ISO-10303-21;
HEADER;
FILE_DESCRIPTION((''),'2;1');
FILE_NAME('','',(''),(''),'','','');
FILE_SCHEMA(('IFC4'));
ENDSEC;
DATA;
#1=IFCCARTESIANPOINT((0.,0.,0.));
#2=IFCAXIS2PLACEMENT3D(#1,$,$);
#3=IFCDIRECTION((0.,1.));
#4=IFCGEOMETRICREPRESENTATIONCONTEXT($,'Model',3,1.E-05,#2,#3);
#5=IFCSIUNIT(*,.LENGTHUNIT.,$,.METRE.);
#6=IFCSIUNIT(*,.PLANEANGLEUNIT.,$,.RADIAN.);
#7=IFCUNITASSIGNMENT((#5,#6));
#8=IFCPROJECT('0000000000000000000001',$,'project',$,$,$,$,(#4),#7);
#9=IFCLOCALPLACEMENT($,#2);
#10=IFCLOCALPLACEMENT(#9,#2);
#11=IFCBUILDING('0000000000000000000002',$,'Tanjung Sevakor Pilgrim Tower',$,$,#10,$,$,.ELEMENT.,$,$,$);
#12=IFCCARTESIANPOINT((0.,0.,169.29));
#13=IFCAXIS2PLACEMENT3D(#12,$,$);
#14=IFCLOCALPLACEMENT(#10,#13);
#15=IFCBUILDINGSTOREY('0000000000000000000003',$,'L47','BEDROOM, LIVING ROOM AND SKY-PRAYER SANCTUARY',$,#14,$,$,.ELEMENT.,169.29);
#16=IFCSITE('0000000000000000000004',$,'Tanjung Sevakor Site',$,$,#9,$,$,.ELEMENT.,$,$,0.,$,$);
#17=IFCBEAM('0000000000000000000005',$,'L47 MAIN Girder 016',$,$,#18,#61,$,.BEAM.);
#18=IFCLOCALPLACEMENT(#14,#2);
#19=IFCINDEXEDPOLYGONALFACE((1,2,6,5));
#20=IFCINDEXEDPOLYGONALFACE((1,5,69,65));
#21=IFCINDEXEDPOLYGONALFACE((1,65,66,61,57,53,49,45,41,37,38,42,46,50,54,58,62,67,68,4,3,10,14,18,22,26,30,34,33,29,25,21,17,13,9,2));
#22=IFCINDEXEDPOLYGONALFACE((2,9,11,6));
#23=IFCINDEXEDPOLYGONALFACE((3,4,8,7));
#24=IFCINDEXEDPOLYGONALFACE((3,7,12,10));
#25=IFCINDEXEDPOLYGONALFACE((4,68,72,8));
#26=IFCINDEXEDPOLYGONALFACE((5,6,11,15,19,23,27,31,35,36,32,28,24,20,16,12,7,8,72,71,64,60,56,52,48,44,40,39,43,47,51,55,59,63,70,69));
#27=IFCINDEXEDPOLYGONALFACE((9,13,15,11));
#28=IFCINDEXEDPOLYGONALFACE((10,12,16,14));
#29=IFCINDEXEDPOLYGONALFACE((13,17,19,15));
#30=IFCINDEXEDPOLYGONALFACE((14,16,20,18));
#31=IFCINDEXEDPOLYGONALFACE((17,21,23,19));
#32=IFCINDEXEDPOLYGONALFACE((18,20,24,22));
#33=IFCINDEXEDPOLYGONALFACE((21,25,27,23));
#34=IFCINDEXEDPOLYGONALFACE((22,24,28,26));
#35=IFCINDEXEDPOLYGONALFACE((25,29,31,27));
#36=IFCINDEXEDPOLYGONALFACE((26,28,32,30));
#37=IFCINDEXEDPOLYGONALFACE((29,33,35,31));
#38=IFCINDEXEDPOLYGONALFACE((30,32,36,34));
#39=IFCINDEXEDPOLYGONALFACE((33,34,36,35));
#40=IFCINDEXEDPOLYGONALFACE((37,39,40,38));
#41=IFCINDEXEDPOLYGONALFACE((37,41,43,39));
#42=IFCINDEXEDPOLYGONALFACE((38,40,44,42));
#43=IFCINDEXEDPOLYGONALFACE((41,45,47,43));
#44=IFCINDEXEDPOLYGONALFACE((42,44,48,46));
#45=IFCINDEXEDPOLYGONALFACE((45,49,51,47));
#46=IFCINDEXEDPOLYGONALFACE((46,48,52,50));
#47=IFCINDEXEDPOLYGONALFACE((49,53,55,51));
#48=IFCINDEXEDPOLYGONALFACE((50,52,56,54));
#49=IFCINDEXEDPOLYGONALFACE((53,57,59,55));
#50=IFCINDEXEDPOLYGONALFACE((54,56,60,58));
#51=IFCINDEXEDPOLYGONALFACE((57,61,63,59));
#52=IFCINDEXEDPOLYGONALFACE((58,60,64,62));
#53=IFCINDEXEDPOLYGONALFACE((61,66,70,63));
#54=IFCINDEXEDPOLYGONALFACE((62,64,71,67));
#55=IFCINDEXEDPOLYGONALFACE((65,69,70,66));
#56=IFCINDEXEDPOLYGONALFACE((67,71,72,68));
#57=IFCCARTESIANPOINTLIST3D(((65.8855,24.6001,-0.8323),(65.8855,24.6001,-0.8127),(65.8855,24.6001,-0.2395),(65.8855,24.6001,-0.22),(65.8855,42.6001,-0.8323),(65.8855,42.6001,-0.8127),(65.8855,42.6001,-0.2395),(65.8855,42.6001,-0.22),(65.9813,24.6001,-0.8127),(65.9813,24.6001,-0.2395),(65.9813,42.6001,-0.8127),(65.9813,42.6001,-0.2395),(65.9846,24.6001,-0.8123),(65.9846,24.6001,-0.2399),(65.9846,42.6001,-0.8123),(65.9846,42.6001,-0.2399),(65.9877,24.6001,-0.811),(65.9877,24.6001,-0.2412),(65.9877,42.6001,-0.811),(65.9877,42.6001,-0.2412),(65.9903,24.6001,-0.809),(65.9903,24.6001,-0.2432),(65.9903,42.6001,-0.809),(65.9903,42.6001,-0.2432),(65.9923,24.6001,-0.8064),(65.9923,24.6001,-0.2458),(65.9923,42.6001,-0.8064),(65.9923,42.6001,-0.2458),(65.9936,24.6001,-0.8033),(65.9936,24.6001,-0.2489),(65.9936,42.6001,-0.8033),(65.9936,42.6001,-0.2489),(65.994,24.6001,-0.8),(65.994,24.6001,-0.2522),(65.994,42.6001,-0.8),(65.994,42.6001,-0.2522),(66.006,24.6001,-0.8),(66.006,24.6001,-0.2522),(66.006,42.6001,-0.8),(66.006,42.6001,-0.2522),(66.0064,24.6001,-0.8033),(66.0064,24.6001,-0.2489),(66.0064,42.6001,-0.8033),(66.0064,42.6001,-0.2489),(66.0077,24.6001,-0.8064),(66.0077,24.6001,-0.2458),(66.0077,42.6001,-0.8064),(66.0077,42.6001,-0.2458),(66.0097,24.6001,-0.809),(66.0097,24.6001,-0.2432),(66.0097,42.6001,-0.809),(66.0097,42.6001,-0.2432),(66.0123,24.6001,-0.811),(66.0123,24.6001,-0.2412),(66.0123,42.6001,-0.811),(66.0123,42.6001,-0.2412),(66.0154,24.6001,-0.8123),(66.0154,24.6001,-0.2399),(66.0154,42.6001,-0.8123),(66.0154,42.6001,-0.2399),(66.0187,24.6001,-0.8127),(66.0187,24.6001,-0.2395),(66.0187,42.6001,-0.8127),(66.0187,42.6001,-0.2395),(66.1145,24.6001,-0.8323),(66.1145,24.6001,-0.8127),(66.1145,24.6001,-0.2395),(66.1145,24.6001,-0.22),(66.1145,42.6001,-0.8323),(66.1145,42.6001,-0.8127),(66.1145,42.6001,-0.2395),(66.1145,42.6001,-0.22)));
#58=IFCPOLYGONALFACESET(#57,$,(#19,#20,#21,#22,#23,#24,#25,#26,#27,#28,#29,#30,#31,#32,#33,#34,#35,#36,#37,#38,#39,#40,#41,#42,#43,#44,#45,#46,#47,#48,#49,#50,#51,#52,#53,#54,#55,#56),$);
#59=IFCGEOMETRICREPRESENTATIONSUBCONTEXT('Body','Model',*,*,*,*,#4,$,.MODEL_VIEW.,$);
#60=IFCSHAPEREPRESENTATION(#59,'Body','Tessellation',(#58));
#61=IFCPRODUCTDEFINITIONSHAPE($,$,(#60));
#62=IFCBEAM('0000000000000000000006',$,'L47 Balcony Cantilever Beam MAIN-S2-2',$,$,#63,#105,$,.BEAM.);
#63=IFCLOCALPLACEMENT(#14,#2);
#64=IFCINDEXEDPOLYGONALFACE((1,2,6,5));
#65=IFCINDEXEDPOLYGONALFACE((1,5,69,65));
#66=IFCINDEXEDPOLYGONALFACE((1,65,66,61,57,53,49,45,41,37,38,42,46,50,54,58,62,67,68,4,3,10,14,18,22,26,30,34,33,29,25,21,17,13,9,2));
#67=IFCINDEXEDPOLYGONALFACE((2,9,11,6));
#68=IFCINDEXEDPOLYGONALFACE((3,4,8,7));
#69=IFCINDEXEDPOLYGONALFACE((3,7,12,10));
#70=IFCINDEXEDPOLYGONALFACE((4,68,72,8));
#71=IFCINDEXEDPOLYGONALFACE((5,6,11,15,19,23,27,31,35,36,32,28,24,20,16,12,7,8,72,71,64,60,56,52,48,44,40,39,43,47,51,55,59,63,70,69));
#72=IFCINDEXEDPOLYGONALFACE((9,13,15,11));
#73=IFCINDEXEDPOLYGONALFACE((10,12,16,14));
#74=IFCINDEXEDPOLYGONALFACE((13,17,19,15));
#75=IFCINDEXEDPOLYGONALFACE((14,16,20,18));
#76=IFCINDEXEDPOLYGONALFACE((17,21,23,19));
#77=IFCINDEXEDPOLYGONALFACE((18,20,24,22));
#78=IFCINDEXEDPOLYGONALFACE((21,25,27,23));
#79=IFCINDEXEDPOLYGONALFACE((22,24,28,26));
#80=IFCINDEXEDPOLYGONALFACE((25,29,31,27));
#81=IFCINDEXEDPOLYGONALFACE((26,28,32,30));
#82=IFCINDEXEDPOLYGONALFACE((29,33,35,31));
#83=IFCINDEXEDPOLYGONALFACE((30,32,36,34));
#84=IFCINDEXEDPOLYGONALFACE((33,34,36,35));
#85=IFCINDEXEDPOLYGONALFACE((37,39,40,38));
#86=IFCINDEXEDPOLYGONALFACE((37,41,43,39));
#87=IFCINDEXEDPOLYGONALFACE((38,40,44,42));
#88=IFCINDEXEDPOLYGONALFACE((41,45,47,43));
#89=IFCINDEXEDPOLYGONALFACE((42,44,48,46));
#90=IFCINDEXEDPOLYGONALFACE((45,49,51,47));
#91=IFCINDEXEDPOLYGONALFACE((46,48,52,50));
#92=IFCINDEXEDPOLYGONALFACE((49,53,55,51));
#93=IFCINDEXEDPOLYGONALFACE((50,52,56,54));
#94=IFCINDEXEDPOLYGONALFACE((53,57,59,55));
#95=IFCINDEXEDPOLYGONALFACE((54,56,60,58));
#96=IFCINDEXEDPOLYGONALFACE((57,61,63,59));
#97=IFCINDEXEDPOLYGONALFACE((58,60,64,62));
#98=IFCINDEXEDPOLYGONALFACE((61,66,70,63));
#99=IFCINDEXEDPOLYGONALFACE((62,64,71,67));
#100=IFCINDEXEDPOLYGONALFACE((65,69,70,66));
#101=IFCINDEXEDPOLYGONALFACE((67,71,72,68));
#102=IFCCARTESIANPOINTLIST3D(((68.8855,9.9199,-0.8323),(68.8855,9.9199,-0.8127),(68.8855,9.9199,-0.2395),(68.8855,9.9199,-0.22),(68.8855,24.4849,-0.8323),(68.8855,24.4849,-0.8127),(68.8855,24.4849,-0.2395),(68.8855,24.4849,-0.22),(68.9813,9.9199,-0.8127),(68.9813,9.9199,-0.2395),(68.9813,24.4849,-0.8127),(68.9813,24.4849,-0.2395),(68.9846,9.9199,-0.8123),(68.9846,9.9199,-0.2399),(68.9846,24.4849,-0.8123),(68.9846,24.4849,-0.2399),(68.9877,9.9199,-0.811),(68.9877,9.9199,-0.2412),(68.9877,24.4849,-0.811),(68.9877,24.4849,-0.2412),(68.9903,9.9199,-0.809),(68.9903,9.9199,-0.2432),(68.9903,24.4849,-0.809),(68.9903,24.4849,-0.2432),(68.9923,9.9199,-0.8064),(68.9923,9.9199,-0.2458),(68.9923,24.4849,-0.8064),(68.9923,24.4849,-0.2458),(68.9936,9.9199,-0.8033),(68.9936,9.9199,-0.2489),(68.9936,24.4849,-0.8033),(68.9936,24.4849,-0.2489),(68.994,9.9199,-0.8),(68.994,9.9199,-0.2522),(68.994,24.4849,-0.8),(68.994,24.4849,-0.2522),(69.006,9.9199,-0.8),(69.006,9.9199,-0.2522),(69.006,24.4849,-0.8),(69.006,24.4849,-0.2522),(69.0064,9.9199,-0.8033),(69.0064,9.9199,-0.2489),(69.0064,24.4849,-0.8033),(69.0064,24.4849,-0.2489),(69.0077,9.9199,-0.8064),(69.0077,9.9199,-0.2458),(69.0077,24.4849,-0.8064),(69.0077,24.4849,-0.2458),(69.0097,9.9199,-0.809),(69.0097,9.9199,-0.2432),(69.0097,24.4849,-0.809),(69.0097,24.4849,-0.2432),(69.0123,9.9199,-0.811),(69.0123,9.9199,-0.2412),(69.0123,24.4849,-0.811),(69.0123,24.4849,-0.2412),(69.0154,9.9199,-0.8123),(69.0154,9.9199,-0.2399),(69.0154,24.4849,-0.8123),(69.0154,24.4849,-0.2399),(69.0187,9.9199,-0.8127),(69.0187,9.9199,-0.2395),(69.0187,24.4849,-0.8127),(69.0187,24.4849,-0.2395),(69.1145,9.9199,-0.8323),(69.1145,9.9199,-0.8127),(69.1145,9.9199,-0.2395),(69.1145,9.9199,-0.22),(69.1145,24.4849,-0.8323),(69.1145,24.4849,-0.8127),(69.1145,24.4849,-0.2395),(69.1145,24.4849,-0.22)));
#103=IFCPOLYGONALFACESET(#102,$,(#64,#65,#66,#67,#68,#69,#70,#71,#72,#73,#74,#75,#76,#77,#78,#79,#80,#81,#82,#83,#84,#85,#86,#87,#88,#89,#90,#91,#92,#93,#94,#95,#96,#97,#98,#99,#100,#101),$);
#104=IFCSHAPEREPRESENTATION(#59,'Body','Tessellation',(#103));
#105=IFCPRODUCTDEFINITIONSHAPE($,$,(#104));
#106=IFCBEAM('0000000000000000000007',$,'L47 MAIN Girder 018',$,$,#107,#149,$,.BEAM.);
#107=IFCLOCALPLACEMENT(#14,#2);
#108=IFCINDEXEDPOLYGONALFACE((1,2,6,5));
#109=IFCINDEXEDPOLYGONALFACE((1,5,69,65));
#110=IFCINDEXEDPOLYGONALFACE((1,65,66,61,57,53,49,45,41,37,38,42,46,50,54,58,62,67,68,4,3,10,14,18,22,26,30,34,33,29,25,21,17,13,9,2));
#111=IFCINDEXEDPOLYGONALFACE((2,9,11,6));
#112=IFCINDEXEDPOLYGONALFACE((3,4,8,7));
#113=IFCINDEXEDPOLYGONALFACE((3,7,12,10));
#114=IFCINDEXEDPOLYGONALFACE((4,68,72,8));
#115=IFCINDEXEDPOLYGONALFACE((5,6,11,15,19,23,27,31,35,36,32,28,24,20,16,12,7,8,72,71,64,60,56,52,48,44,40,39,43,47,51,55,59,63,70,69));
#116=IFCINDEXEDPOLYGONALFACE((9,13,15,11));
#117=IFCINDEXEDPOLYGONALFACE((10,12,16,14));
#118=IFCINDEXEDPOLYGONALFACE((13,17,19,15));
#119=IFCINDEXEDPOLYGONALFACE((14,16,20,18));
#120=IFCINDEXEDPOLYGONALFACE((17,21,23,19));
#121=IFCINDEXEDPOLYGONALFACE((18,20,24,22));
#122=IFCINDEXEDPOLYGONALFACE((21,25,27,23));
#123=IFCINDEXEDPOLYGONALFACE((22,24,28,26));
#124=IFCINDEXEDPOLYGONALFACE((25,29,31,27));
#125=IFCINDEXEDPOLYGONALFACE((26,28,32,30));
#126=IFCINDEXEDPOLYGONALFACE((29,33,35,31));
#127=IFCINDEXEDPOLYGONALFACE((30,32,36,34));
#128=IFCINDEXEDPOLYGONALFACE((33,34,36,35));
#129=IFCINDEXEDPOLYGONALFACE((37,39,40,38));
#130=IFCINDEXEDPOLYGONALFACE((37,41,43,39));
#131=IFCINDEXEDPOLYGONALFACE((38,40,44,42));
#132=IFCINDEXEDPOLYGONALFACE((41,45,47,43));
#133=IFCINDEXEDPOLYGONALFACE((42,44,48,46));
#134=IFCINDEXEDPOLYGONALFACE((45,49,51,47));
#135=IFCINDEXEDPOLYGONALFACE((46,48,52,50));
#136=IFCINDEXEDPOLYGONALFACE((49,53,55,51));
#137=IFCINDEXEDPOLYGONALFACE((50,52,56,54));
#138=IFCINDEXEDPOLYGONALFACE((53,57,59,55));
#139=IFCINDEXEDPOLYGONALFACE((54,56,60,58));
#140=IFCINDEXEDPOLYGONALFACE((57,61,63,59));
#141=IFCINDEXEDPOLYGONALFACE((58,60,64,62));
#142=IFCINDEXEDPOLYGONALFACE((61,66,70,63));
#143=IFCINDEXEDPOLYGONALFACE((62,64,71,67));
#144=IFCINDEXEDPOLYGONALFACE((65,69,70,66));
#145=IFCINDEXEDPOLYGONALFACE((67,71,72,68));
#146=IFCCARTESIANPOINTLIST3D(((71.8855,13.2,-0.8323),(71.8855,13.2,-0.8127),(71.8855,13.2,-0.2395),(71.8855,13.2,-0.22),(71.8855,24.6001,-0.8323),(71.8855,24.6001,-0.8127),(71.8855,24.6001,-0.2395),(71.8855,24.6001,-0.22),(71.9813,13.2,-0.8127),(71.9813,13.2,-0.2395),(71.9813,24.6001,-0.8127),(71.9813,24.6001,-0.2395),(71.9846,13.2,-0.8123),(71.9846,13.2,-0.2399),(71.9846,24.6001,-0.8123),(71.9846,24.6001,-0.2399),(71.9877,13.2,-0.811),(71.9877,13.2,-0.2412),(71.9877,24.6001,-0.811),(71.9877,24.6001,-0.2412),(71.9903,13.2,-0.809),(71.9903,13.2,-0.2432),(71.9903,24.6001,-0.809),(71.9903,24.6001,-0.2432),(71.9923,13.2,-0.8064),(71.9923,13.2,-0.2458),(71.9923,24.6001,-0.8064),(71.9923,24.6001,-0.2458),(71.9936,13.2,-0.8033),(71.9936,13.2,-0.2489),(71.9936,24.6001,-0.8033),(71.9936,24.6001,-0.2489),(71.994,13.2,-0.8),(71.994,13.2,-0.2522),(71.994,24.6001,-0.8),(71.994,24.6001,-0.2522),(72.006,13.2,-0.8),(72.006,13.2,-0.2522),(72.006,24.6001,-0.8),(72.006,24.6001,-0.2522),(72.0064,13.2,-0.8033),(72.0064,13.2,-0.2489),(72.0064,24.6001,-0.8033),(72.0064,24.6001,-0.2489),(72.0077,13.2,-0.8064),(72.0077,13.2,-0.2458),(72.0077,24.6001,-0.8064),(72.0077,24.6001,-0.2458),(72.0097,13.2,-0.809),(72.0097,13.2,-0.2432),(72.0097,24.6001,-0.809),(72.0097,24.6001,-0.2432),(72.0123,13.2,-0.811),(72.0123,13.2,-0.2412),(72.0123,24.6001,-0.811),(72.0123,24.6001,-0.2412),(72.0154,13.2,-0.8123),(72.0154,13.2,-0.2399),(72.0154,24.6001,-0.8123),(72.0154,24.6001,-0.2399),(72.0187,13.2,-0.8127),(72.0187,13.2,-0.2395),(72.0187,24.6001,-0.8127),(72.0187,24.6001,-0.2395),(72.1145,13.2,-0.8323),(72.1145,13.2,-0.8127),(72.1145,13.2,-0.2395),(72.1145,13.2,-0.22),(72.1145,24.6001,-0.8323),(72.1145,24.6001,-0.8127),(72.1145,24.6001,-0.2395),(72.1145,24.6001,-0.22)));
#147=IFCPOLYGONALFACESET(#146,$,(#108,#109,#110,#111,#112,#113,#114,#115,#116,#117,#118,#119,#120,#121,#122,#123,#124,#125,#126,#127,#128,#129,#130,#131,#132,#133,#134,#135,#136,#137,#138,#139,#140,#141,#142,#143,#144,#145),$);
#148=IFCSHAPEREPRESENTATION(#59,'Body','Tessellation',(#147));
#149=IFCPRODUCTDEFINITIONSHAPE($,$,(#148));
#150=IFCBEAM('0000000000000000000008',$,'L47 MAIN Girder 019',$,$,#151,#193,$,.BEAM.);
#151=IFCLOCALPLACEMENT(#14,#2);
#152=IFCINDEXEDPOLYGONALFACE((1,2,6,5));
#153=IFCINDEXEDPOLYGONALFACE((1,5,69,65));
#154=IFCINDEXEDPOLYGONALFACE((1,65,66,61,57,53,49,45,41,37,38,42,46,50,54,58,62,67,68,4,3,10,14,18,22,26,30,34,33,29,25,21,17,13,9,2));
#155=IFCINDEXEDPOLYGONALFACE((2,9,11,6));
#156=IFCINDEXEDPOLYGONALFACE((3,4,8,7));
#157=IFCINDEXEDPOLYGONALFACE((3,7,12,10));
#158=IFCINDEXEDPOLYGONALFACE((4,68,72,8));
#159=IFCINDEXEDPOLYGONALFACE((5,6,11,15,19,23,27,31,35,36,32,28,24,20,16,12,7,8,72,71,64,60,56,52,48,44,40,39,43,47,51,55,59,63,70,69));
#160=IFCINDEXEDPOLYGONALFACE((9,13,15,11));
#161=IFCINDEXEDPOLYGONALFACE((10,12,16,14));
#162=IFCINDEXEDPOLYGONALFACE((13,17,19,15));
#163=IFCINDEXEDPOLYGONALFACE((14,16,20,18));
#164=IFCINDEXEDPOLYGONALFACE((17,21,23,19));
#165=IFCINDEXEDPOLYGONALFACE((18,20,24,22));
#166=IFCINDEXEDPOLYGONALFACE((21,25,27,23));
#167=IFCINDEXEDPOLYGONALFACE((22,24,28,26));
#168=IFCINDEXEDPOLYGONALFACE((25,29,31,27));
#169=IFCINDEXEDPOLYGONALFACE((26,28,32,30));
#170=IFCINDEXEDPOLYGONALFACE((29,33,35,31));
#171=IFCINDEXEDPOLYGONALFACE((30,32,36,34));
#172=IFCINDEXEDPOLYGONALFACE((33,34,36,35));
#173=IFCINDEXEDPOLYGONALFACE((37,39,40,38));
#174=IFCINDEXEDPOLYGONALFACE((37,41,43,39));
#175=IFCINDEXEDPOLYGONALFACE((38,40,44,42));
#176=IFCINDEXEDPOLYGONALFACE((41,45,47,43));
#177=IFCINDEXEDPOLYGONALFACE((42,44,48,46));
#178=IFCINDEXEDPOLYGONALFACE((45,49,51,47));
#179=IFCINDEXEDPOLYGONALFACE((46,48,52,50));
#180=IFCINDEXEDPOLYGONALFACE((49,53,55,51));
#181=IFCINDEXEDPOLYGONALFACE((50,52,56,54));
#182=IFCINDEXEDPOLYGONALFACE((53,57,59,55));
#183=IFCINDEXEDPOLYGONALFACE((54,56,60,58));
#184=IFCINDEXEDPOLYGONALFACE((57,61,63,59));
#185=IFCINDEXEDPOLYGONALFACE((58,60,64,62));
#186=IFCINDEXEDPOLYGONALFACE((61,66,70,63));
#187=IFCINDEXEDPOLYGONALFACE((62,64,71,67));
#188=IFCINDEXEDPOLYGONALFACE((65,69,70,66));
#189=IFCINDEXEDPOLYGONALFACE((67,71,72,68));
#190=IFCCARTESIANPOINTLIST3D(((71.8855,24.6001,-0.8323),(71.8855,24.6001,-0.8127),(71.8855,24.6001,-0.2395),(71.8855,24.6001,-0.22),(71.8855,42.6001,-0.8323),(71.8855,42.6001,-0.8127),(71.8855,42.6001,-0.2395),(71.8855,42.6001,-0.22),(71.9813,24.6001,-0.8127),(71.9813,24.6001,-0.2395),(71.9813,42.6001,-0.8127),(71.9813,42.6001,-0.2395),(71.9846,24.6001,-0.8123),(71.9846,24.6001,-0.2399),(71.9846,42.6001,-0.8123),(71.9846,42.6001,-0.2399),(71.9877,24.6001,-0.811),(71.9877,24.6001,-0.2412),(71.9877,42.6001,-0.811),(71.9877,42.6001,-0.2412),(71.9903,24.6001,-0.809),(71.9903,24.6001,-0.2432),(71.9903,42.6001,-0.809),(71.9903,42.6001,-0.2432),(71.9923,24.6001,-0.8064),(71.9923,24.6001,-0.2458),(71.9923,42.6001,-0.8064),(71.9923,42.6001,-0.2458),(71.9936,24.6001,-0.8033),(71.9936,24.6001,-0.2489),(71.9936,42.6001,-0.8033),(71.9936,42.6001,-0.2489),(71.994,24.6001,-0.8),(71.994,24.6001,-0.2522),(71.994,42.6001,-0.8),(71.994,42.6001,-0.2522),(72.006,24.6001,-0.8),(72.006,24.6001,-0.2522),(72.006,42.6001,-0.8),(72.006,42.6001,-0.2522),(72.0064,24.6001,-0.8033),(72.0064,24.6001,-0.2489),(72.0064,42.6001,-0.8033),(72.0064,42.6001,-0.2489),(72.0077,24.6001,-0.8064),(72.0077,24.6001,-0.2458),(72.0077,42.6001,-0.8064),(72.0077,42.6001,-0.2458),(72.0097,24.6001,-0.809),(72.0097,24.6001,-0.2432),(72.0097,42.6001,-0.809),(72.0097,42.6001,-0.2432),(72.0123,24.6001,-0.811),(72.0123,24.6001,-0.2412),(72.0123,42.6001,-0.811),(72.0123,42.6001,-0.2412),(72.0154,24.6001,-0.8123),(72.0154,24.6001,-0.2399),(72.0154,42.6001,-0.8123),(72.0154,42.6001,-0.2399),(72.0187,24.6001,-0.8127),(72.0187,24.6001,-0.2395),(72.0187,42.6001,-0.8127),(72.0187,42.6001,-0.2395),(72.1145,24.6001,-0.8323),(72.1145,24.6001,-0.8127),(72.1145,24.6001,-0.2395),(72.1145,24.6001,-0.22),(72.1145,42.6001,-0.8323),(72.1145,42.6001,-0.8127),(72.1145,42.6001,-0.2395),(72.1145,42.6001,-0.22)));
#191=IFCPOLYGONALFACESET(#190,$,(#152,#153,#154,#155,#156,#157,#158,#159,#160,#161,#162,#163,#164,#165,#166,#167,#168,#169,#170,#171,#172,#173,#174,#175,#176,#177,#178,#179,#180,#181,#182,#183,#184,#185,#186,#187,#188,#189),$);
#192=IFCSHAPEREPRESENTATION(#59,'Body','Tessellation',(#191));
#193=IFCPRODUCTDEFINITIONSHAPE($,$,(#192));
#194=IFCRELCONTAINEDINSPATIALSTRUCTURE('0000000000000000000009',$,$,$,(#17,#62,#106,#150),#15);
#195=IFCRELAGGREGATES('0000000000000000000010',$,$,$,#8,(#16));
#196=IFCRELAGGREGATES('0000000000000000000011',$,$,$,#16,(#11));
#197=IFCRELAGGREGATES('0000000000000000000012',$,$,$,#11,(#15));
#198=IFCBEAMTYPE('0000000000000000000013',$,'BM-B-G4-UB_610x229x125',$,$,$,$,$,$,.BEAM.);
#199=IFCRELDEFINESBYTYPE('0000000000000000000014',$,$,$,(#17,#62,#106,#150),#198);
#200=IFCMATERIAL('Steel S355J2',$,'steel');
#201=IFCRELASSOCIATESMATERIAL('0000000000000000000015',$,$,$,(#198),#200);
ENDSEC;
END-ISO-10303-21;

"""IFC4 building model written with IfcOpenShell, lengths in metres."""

from ifc_helpers import new_model, si_unit, direction, frame, origin, origin_2d, place, context, subcontext, project, spatial, i_section, extrude, material, material_profile, profile_set, type_object, element, save


model = new_model("IFC4")

# Units and contexts
model_context = context("Model", 3, precision=1e-05, world=origin(), true_north=direction((0.0, 1.0)))
body_context = subcontext(model_context, "Body", "Model", "MODEL_VIEW")
ifc_project = project(units=[si_unit("LENGTHUNIT", "METRE"), si_unit("PLANEANGLEUNIT", "RADIAN")], contexts=[model_context])

# Site, building, storey
site_placement = place(None, origin())
site = spatial("IfcSite", under=ifc_project, at=site_placement, Name="Tanjung Sevakor Site", CompositionType="ELEMENT", RefElevation=0.0)
building_placement = place(site_placement, origin())
building = spatial("IfcBuilding", under=site, at=building_placement, Name="Tanjung Sevakor Pilgrim Tower", CompositionType="ELEMENT")
storey_placement = place(building_placement, frame((0.0, 0.0, 169.29)))
storey = spatial("IfcBuildingStorey", under=building, at=storey_placement, Name="L47", Description="BEDROOM, LIVING ROOM AND SKY-PRAYER SANCTUARY", CompositionType="ELEMENT", Elevation=169.29)

# Beams
ifc_material_1 = material(Name="Steel S355J2", Category="steel")
ifc_material_profile_1 = material_profile(ifc_material_1, i_section(OverallWidth=0.229, OverallDepth=0.6123, WebThickness=0.012, FlangeThickness=0.0195, FilletRadius=0.0127, at=origin_2d()))
ifc_profile_set_1 = profile_set([ifc_material_profile_1], Name="Steel S355J2")
beam_type_1 = type_object("IfcBeamType", Name="BM-B-G4-UB_610x229x125", PredefinedType="BEAM", material=ifc_profile_set_1)
beam_1_placement = place(storey_placement, frame((66.0, 24.6001, -0.5261), z_axis=(0.0, 1.0, 0.0), x_axis=(-1.0, 0.0, 0.0)))
element("IfcBeam", 1, at=beam_1_placement, inside=storey, type_object=beam_type_1, Name="L47 MAIN Girder 016", PredefinedType="BEAM", context=body_context, shape_type="SweptSolid", body=[
    extrude(i_section(OverallWidth=0.229, OverallDepth=0.6123, WebThickness=0.012, FlangeThickness=0.0195, FilletRadius=0.0127, at=origin_2d()), origin(), (0.0, 0.0, 1.0), 18.0),
])
beam_2_placement = place(storey_placement, frame((69.0, 24.4849, -0.5261), z_axis=(0.0, -1.0, 0.0), x_axis=(1.0, 0.0, 0.0)))
element("IfcBeam", 2, at=beam_2_placement, inside=storey, type_object=beam_type_1, Name="L47 Balcony Cantilever Beam MAIN-S2-2", PredefinedType="BEAM", context=body_context, shape_type="SweptSolid", body=[
    extrude(i_section(OverallWidth=0.229, OverallDepth=0.6123, WebThickness=0.012, FlangeThickness=0.0195, FilletRadius=0.0127, at=origin_2d()), origin(), (0.0, 0.0, 1.0), 14.5649),
])
beam_3_placement = place(storey_placement, frame((72.0, 13.2, -0.5261), z_axis=(0.0, 1.0, 0.0), x_axis=(-1.0, 0.0, 0.0)))
element("IfcBeam", 3, at=beam_3_placement, inside=storey, type_object=beam_type_1, Name="L47 MAIN Girder 018", PredefinedType="BEAM", context=body_context, shape_type="SweptSolid", body=[
    extrude(i_section(OverallWidth=0.229, OverallDepth=0.6123, WebThickness=0.012, FlangeThickness=0.0195, FilletRadius=0.0127, at=origin_2d()), origin(), (0.0, 0.0, 1.0), 11.4001),
])
beam_4_placement = place(storey_placement, frame((72.0, 24.6001, -0.5261), z_axis=(0.0, 1.0, 0.0), x_axis=(-1.0, 0.0, 0.0)))
element("IfcBeam", 4, at=beam_4_placement, inside=storey, type_object=beam_type_1, Name="L47 MAIN Girder 019", PredefinedType="BEAM", context=body_context, shape_type="SweptSolid", body=[
    extrude(i_section(OverallWidth=0.229, OverallDepth=0.6123, WebThickness=0.012, FlangeThickness=0.0195, FilletRadius=0.0127, at=origin_2d()), origin(), (0.0, 0.0, 1.0), 18.0),
])

save(model, "model.ifc")
